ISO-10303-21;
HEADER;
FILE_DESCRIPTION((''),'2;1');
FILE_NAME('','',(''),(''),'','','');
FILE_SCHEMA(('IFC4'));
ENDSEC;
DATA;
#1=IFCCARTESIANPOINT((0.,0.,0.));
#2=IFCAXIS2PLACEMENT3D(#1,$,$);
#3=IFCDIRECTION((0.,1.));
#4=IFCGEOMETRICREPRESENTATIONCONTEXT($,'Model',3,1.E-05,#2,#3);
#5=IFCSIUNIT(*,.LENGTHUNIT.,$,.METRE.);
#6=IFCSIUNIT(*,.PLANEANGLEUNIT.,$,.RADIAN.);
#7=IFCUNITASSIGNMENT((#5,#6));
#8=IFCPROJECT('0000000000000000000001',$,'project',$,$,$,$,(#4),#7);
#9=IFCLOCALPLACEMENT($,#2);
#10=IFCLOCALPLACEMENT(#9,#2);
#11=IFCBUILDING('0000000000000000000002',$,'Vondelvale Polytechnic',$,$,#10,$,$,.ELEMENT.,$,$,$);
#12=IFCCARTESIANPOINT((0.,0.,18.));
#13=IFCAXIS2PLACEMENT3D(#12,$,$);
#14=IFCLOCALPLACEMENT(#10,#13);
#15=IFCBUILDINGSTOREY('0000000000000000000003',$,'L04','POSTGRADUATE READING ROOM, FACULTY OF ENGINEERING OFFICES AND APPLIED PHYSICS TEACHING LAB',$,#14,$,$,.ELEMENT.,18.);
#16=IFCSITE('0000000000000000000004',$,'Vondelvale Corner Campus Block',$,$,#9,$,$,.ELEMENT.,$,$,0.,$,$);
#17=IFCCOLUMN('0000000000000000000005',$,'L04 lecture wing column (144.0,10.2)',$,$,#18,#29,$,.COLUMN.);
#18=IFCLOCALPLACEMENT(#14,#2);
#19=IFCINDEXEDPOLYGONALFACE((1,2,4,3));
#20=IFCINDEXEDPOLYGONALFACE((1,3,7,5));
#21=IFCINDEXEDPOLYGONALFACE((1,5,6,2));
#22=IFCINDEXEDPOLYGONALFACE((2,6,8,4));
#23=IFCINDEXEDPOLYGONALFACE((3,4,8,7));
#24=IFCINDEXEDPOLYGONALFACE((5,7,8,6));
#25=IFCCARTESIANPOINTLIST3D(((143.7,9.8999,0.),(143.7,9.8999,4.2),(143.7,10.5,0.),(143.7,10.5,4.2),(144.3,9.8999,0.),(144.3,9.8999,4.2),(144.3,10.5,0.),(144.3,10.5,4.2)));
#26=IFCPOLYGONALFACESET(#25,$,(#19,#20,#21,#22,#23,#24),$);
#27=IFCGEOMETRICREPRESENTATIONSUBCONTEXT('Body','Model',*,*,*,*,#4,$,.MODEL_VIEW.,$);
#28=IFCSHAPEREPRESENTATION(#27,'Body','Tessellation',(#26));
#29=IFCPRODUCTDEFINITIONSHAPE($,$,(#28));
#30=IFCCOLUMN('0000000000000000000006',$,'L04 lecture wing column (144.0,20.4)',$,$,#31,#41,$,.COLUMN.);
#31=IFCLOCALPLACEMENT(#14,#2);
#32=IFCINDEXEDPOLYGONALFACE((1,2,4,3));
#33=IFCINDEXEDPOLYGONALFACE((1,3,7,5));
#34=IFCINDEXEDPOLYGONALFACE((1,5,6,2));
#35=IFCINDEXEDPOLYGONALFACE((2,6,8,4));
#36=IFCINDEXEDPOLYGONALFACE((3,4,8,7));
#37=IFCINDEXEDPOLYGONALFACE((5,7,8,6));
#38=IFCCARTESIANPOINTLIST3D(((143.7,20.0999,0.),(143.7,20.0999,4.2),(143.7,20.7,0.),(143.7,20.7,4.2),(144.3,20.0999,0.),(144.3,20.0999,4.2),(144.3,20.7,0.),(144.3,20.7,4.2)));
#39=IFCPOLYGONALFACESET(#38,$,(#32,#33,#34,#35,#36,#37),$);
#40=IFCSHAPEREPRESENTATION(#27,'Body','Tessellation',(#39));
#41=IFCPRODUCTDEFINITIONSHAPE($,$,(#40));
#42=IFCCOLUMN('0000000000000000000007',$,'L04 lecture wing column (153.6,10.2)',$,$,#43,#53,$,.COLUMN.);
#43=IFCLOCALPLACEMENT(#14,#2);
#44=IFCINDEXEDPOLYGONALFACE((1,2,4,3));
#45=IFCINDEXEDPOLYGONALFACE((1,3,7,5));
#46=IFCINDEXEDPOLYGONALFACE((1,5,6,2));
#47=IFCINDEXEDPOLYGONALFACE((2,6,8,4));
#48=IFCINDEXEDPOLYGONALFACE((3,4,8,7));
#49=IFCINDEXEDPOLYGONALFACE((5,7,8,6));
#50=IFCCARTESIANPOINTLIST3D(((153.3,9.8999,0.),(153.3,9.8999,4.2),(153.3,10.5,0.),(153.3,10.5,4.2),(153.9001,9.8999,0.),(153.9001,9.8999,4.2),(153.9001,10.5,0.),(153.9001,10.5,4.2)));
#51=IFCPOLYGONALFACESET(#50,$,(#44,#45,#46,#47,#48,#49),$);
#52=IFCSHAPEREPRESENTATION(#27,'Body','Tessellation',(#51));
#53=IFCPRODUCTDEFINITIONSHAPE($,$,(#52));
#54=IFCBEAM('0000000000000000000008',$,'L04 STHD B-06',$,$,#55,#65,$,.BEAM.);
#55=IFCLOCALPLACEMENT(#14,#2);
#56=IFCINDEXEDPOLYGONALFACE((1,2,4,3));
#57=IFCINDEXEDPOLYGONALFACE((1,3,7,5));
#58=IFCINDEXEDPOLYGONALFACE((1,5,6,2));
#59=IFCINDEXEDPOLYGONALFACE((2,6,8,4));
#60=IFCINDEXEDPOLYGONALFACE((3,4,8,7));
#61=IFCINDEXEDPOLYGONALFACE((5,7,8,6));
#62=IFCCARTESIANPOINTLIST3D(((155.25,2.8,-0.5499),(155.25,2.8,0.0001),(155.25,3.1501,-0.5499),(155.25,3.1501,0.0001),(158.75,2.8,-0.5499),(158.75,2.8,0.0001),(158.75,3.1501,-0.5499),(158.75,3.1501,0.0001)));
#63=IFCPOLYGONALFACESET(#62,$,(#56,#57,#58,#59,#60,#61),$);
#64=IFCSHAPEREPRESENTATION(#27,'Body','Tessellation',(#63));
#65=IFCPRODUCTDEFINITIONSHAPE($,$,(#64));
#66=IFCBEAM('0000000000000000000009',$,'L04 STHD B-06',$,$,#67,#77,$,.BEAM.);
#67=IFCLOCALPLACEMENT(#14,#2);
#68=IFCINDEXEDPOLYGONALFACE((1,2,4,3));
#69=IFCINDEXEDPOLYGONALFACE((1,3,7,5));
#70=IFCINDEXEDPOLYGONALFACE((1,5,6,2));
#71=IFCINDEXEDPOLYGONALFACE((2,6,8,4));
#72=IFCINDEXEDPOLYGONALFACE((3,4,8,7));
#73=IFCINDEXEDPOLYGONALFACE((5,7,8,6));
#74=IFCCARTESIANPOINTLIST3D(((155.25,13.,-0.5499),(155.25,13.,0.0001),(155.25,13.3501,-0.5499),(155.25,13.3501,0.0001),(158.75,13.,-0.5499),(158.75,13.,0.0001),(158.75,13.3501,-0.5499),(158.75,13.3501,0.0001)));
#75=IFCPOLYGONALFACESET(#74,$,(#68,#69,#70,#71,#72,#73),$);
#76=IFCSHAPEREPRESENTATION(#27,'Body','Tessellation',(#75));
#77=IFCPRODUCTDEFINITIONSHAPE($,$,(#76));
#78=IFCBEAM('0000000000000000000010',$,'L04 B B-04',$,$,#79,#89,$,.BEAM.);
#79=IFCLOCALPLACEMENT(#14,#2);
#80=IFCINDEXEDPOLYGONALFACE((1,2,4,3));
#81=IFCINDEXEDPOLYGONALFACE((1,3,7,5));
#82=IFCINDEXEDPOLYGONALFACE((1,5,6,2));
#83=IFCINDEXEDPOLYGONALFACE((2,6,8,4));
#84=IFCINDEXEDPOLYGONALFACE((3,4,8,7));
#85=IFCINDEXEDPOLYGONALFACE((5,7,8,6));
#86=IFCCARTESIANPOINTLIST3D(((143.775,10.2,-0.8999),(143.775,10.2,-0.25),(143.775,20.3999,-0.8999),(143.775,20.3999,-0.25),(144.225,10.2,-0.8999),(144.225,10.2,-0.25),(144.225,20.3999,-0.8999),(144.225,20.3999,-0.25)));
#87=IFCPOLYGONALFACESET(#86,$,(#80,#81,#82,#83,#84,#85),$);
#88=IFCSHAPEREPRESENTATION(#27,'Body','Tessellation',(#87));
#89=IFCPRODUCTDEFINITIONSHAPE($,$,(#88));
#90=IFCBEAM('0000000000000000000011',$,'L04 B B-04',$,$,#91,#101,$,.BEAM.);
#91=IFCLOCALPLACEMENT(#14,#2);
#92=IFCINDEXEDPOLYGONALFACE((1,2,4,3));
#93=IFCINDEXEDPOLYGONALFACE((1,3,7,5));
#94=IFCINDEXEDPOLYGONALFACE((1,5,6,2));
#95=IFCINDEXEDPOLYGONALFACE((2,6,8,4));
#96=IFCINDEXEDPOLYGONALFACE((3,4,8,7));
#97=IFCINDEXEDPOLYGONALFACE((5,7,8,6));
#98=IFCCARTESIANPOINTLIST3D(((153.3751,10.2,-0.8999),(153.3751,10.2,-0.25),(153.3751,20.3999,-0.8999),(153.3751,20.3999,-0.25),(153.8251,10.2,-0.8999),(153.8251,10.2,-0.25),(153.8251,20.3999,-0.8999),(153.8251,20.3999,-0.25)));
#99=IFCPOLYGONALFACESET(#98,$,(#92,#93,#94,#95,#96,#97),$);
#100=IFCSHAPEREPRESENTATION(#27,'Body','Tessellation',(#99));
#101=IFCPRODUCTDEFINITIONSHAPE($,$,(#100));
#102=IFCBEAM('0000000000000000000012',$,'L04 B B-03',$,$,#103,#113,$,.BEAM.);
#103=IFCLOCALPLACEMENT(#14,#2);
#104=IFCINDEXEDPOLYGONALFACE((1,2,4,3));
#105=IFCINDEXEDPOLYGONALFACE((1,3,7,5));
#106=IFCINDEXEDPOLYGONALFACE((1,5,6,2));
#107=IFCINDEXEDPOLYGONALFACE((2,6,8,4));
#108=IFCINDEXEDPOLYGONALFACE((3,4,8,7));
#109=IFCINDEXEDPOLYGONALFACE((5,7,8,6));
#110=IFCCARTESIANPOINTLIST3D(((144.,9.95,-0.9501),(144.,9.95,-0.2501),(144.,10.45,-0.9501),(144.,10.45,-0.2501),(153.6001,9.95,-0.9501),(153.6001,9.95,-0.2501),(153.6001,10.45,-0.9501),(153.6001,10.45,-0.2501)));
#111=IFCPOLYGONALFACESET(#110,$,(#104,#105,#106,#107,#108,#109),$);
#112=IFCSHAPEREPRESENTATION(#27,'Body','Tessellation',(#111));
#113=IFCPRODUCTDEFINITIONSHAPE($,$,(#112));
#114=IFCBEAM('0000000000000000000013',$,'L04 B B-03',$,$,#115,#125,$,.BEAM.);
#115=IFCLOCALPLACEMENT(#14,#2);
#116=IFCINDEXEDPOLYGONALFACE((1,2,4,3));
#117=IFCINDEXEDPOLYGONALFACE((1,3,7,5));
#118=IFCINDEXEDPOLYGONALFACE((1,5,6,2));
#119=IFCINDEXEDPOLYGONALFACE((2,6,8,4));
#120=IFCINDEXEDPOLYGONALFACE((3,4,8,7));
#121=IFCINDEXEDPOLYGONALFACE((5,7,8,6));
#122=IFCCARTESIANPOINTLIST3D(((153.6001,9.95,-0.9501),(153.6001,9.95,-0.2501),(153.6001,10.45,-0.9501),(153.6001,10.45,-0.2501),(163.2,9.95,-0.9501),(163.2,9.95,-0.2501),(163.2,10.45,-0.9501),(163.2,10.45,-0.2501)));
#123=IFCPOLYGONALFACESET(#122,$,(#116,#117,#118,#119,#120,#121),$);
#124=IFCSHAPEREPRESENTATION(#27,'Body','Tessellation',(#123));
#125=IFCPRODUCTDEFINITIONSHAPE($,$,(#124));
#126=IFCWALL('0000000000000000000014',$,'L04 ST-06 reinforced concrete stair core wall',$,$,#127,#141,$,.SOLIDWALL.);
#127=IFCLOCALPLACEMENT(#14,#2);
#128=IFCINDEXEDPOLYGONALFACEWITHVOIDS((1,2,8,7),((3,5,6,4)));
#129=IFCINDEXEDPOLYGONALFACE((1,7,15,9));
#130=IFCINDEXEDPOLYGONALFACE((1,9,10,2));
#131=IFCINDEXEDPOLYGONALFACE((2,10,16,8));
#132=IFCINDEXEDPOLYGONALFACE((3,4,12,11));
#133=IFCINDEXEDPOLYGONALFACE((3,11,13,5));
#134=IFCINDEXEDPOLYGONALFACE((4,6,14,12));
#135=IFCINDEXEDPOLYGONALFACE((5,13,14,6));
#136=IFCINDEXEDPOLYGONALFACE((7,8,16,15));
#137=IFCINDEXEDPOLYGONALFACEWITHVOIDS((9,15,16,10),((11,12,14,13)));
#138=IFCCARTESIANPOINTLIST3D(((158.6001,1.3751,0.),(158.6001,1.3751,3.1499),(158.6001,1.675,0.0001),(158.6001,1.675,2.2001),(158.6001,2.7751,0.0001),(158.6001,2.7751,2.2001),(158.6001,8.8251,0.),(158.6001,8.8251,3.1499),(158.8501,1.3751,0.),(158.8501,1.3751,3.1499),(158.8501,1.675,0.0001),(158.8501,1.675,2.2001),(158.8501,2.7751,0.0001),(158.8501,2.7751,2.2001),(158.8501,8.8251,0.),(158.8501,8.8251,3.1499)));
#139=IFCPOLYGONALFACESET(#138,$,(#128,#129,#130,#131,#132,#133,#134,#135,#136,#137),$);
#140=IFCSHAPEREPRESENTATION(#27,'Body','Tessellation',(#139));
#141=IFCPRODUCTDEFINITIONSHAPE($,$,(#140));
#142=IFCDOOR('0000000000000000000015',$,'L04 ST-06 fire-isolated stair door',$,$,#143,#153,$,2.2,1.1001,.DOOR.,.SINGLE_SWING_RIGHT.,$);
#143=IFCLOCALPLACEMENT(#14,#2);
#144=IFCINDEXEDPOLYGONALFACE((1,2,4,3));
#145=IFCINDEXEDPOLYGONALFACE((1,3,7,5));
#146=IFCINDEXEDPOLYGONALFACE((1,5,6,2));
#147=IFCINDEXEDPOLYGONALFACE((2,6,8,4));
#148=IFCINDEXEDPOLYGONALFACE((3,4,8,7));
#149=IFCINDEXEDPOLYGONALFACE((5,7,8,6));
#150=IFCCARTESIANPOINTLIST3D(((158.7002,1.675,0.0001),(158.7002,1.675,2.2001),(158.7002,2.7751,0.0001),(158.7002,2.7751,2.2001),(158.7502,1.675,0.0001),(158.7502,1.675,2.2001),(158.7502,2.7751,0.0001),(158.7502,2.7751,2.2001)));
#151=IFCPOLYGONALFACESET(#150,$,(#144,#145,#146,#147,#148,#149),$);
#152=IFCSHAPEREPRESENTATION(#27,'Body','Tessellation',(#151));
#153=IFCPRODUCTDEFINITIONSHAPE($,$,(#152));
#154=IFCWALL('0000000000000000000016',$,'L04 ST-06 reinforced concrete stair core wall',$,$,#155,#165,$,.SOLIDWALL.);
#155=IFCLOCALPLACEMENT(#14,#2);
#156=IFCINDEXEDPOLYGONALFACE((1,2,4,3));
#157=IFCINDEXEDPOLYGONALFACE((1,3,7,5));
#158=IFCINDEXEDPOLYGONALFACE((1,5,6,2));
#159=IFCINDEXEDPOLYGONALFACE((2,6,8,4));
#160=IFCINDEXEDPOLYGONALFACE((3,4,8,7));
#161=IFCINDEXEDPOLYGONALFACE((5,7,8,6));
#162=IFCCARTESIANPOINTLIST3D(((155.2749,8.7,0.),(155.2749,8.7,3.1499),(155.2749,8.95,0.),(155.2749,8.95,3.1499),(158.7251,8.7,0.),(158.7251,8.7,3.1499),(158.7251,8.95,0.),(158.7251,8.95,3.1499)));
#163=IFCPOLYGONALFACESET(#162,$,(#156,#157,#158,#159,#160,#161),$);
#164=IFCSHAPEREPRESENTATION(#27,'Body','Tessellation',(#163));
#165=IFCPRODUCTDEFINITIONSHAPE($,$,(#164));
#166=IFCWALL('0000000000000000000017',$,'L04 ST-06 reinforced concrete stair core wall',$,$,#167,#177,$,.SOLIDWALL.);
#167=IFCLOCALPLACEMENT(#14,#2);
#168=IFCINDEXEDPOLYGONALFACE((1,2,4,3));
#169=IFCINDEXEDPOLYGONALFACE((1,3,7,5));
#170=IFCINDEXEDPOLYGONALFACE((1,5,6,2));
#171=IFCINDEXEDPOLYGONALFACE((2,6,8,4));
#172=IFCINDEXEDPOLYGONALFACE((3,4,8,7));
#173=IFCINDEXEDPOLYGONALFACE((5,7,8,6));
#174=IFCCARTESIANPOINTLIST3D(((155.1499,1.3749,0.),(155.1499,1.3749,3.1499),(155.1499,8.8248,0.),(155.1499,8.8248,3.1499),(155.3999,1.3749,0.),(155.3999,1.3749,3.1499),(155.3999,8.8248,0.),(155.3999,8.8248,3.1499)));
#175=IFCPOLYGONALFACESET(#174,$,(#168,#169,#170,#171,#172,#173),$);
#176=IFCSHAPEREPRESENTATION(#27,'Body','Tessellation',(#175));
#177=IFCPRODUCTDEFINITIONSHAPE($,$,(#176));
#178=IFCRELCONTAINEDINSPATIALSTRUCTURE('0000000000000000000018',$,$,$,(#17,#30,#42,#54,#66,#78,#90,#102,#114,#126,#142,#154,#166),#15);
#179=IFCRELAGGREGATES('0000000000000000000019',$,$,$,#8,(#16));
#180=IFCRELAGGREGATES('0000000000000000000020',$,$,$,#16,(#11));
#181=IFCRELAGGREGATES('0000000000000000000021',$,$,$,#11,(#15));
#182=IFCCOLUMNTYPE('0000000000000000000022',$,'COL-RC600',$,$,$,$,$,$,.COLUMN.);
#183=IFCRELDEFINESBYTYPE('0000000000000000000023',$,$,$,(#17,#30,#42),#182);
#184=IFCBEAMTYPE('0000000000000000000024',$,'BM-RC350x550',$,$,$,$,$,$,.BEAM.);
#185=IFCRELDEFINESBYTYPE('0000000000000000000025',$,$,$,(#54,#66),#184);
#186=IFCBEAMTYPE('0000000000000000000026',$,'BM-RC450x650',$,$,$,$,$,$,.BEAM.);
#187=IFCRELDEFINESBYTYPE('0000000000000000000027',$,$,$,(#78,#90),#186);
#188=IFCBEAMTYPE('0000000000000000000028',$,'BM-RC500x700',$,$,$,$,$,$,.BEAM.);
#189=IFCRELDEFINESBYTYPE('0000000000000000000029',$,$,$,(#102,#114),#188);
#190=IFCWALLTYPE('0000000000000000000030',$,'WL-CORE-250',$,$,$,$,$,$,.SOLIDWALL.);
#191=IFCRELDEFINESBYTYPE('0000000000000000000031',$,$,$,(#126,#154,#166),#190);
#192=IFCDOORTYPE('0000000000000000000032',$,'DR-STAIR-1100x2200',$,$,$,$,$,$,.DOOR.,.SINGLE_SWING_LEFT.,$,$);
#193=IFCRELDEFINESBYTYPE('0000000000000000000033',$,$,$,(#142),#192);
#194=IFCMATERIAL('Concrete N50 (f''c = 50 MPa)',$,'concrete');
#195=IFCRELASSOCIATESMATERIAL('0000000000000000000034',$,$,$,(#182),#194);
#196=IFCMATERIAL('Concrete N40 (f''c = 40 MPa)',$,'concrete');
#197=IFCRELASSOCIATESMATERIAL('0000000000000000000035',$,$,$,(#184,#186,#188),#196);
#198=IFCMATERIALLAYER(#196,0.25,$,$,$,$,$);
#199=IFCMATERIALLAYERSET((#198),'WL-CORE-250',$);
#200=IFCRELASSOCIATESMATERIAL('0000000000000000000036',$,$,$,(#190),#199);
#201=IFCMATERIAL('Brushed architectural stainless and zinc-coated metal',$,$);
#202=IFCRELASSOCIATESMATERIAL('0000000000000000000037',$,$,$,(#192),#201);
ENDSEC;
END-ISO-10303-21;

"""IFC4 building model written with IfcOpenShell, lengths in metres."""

from ifc_helpers import new_model, si_unit, direction, frame, frame_2d, origin, origin_2d, place, context, subcontext, project, spatial, rectangle, extrude, material, layer, layer_set, material_profile, profile_set, type_object, element, fill, save


model = new_model("IFC4")

# Units and contexts
model_context = context("Model", 3, precision=1e-05, world=origin(), true_north=direction((0.0, 1.0)))
body_context = subcontext(model_context, "Body", "Model", "MODEL_VIEW")
ifc_project = project(units=[si_unit("LENGTHUNIT", "METRE"), si_unit("PLANEANGLEUNIT", "RADIAN")], contexts=[model_context])

# Site, building, storey
site_placement = place(None, origin())
site = spatial("IfcSite", under=ifc_project, at=site_placement, Name="Vondelvale Corner Campus Block", CompositionType="ELEMENT", RefElevation=0.0)
building_placement = place(site_placement, origin())
building = spatial("IfcBuilding", under=site, at=building_placement, Name="Vondelvale Polytechnic", CompositionType="ELEMENT")
storey_placement = place(building_placement, frame((0.0, 0.0, 18.0)))
storey = spatial("IfcBuildingStorey", under=building, at=storey_placement, Name="L04", Description="POSTGRADUATE READING ROOM, FACULTY OF ENGINEERING OFFICES AND APPLIED PHYSICS TEACHING LAB", CompositionType="ELEMENT", Elevation=18.0)

# Columns
ifc_material_1 = material(Name="Concrete N50 (f'c = 50 MPa)", Category="concrete")
ifc_material_profile_1 = material_profile(ifc_material_1, rectangle(XDim=0.6001, YDim=0.6001, at=origin_2d()), Name="RC-COL-600x600")
ifc_profile_set_1 = profile_set([ifc_material_profile_1], Name="Concrete N50 (f'c = 50 MPa)")
column_type = type_object("IfcColumnType", Name="COL-RC600", PredefinedType="COLUMN", material=ifc_profile_set_1)
for number, where, z_axis, x_axis, name in (
    (1, (144.0, 10.2, 0.0), (0.0, 0.0, 1.0), (1.0, 0.0, 0.0), "L04 lecture wing column (144.0,10.2)"),
    (2, (144.0, 20.3999, 0.0), (0.0, 0.0, 1.0), (1.0, 0.0, 0.0), "L04 lecture wing column (144.0,20.4)"),
    (3, (153.6001, 10.2, 0.0), (0.0, 0.0, 1.0), (1.0, 0.0, 0.0), "L04 lecture wing column (153.6,10.2)"),
):
    element("IfcColumn", number, at=place(storey_placement, frame(where, z_axis=z_axis, x_axis=x_axis)), inside=storey, type_object=column_type, Name=name, PredefinedType="COLUMN", context=body_context, shape_type="SweptSolid", body=[
        extrude(rectangle(XDim=0.6001, YDim=0.6001, at=origin_2d()), origin(), (0.0, 0.0, 1.0), 4.2),
    ])

# Beams
ifc_material_2 = material(Name="Concrete N40 (f'c = 40 MPa)", Category="concrete")
ifc_material_profile_2 = material_profile(ifc_material_2, rectangle(XDim=0.3501, YDim=0.55, at=origin_2d()), Name="RC-BM-350x550")
ifc_profile_set_2 = profile_set([ifc_material_profile_2], Name="Concrete N40 (f'c = 40 MPa)")
beam_type_1 = type_object("IfcBeamType", Name="BM-RC350x550", PredefinedType="BEAM", material=ifc_profile_set_2)
for number, where, z_axis, x_axis, name in (
    (4, (158.75, 2.9751, -0.2749), (-1.0, 0.0, 0.0), (0.0, -1.0, 0.0), "L04 STHD B-06"),
    (5, (158.75, 13.175, -0.2749), (-1.0, 0.0, 0.0), (0.0, -1.0, 0.0), "L04 STHD B-06"),
):
    element("IfcBeam", number, at=place(storey_placement, frame(where, z_axis=z_axis, x_axis=x_axis)), inside=storey, type_object=beam_type_1, Name=name, PredefinedType="BEAM", context=body_context, shape_type="SweptSolid", body=[
        extrude(rectangle(XDim=0.3501, YDim=0.55, at=origin_2d()), origin(), (0.0, 0.0, 1.0), 3.5),
    ])
ifc_material_profile_3 = material_profile(ifc_material_2, rectangle(XDim=0.45, YDim=0.6499, at=origin_2d()), Name="RC-BM-450x650")
ifc_profile_set_3 = profile_set([ifc_material_profile_3], Name="Concrete N40 (f'c = 40 MPa)")
beam_type_2 = type_object("IfcBeamType", Name="BM-RC450x650", PredefinedType="BEAM", material=ifc_profile_set_3)
for number, where, z_axis, x_axis, name in (
    (6, (144.0, 10.2, -0.575), (0.0, 1.0, 0.0), (-1.0, 0.0, 0.0), "L04 B B-04"),
    (7, (153.6001, 10.2, -0.575), (0.0, 1.0, 0.0), (-1.0, 0.0, 0.0), "L04 B B-04"),
):
    element("IfcBeam", number, at=place(storey_placement, frame(where, z_axis=z_axis, x_axis=x_axis)), inside=storey, type_object=beam_type_2, Name=name, PredefinedType="BEAM", context=body_context, shape_type="SweptSolid", body=[
        extrude(rectangle(XDim=0.45, YDim=0.6499, at=origin_2d()), origin(), (0.0, 0.0, 1.0), 10.2),
    ])
ifc_material_profile_4 = material_profile(ifc_material_2, rectangle(XDim=0.5, YDim=0.7, at=origin_2d()), Name="RC-BM-500x700")
ifc_profile_set_4 = profile_set([ifc_material_profile_4], Name="Concrete N40 (f'c = 40 MPa)")
beam_type_3 = type_object("IfcBeamType", Name="BM-RC500x700", PredefinedType="BEAM", material=ifc_profile_set_4)
beam_1_placement = place(storey_placement, frame((144.0, 10.2, -0.6001), z_axis=(1.0, 0.0, 0.0), x_axis=(0.0, 1.0, 0.0)))
element("IfcBeam", 8, at=beam_1_placement, inside=storey, type_object=beam_type_3, Name="L04 B B-03", PredefinedType="BEAM", context=body_context, shape_type="SweptSolid", body=[
    extrude(rectangle(XDim=0.5, YDim=0.7, at=origin_2d()), origin(), (0.0, 0.0, 1.0), 9.6001),
])
beam_2_placement = place(storey_placement, frame((153.6001, 10.2, -0.6001), z_axis=(1.0, 0.0, 0.0), x_axis=(0.0, 1.0, 0.0)))
element("IfcBeam", 9, at=beam_2_placement, inside=storey, type_object=beam_type_3, Name="L04 B B-03", PredefinedType="BEAM", context=body_context, shape_type="SweptSolid", body=[
    extrude(rectangle(XDim=0.5, YDim=0.7, at=origin_2d()), origin(), (0.0, 0.0, 1.0), 9.5999),
])

# Wall, opening, door
ifc_layer_1 = layer(ifc_material_2, 0.25)
ifc_layer_set_1 = layer_set([ifc_layer_1], Name="WL-CORE-250")
wall_type_1 = type_object("IfcWallType", Name="WL-CORE-250", PredefinedType="SOLIDWALL", material=ifc_layer_set_1)
wall_1_placement = place(storey_placement, frame((158.7251, 1.375, 0.0), z_axis=(0.0, 0.0, 1.0), x_axis=(0.0, 1.0, 0.0)))
wall_1 = element("IfcWall", 10, at=wall_1_placement, inside=storey, type_object=wall_type_1, Name="L04 ST-06 reinforced concrete stair core wall", PredefinedType="SOLIDWALL", context=body_context, shape_type="SweptSolid", body=[
    extrude(rectangle(XDim=7.45, YDim=0.25, at=frame_2d((3.7251, 0.0))), origin(), (0.0, 0.0, 1.0), 3.1499),
])
opening_1_placement = place(wall_1_placement, frame((0.3, 0.0, 0.0)))
opening_1 = element("IfcOpeningElement", 11, at=opening_1_placement, cuts=wall_1, PredefinedType="OPENING", context=body_context, shape_type="SweptSolid", body=[
    extrude(rectangle(XDim=1.1001, YDim=2.2, at=frame_2d((0.55, 1.1001))), frame((0.0, 0.135, 0.0), z_axis=(0.0, -1.0, 0.0), x_axis=(1.0, 0.0, 0.0)), (0.0, 0.0, 1.0), 0.27),
])
ifc_material_3 = material(Name="Brushed architectural stainless and zinc-coated metal")
door_type_1 = type_object("IfcDoorType", Name="DR-STAIR-1100x2200", OperationType="SINGLE_SWING_LEFT", PredefinedType="DOOR", material=ifc_material_3)
door_1_placement = place(opening_1_placement, origin())
door_1 = element("IfcDoor", 12, at=door_1_placement, inside=storey, type_object=door_type_1, Name="L04 ST-06 fire-isolated stair door", OperationType="SINGLE_SWING_RIGHT", OverallHeight=2.2, OverallWidth=1.1001, PredefinedType="DOOR", context=body_context, shape_type="SweptSolid", body=[
    extrude(rectangle(XDim=1.1001, YDim=2.2, at=frame_2d((0.55, 1.1001))), frame((0.0, 0.0249, 0.0), z_axis=(0.0, -1.0, 0.0), x_axis=(1.0, 0.0, 0.0)), (0.0, 0.0, 1.0), 0.05),
])
fill(opening_1, door_1)

# Walls
wall_2_placement = place(storey_placement, frame((158.7251, 8.825, 0.0), z_axis=(0.0, 0.0, 1.0), x_axis=(-1.0, 0.0, 0.0)))
element("IfcWall", 13, at=wall_2_placement, inside=storey, type_object=wall_type_1, Name="L04 ST-06 reinforced concrete stair core wall", PredefinedType="SOLIDWALL", context=body_context, shape_type="SweptSolid", body=[
    extrude(rectangle(XDim=3.4502, YDim=0.25, at=frame_2d((1.7251, 0.0))), origin(), (0.0, 0.0, 1.0), 3.1499),
])
wall_3_placement = place(storey_placement, frame((155.2749, 8.825, 0.0), z_axis=(0.0, 0.0, 1.0), x_axis=(0.0, -1.0, 0.0)))
element("IfcWall", 14, at=wall_3_placement, inside=storey, type_object=wall_type_1, Name="L04 ST-06 reinforced concrete stair core wall", PredefinedType="SOLIDWALL", context=body_context, shape_type="SweptSolid", body=[
    extrude(rectangle(XDim=7.45, YDim=0.25, at=frame_2d((3.7251, 0.0))), origin(), (0.0, 0.0, 1.0), 3.1499),
])

save(model, "model.ifc")
